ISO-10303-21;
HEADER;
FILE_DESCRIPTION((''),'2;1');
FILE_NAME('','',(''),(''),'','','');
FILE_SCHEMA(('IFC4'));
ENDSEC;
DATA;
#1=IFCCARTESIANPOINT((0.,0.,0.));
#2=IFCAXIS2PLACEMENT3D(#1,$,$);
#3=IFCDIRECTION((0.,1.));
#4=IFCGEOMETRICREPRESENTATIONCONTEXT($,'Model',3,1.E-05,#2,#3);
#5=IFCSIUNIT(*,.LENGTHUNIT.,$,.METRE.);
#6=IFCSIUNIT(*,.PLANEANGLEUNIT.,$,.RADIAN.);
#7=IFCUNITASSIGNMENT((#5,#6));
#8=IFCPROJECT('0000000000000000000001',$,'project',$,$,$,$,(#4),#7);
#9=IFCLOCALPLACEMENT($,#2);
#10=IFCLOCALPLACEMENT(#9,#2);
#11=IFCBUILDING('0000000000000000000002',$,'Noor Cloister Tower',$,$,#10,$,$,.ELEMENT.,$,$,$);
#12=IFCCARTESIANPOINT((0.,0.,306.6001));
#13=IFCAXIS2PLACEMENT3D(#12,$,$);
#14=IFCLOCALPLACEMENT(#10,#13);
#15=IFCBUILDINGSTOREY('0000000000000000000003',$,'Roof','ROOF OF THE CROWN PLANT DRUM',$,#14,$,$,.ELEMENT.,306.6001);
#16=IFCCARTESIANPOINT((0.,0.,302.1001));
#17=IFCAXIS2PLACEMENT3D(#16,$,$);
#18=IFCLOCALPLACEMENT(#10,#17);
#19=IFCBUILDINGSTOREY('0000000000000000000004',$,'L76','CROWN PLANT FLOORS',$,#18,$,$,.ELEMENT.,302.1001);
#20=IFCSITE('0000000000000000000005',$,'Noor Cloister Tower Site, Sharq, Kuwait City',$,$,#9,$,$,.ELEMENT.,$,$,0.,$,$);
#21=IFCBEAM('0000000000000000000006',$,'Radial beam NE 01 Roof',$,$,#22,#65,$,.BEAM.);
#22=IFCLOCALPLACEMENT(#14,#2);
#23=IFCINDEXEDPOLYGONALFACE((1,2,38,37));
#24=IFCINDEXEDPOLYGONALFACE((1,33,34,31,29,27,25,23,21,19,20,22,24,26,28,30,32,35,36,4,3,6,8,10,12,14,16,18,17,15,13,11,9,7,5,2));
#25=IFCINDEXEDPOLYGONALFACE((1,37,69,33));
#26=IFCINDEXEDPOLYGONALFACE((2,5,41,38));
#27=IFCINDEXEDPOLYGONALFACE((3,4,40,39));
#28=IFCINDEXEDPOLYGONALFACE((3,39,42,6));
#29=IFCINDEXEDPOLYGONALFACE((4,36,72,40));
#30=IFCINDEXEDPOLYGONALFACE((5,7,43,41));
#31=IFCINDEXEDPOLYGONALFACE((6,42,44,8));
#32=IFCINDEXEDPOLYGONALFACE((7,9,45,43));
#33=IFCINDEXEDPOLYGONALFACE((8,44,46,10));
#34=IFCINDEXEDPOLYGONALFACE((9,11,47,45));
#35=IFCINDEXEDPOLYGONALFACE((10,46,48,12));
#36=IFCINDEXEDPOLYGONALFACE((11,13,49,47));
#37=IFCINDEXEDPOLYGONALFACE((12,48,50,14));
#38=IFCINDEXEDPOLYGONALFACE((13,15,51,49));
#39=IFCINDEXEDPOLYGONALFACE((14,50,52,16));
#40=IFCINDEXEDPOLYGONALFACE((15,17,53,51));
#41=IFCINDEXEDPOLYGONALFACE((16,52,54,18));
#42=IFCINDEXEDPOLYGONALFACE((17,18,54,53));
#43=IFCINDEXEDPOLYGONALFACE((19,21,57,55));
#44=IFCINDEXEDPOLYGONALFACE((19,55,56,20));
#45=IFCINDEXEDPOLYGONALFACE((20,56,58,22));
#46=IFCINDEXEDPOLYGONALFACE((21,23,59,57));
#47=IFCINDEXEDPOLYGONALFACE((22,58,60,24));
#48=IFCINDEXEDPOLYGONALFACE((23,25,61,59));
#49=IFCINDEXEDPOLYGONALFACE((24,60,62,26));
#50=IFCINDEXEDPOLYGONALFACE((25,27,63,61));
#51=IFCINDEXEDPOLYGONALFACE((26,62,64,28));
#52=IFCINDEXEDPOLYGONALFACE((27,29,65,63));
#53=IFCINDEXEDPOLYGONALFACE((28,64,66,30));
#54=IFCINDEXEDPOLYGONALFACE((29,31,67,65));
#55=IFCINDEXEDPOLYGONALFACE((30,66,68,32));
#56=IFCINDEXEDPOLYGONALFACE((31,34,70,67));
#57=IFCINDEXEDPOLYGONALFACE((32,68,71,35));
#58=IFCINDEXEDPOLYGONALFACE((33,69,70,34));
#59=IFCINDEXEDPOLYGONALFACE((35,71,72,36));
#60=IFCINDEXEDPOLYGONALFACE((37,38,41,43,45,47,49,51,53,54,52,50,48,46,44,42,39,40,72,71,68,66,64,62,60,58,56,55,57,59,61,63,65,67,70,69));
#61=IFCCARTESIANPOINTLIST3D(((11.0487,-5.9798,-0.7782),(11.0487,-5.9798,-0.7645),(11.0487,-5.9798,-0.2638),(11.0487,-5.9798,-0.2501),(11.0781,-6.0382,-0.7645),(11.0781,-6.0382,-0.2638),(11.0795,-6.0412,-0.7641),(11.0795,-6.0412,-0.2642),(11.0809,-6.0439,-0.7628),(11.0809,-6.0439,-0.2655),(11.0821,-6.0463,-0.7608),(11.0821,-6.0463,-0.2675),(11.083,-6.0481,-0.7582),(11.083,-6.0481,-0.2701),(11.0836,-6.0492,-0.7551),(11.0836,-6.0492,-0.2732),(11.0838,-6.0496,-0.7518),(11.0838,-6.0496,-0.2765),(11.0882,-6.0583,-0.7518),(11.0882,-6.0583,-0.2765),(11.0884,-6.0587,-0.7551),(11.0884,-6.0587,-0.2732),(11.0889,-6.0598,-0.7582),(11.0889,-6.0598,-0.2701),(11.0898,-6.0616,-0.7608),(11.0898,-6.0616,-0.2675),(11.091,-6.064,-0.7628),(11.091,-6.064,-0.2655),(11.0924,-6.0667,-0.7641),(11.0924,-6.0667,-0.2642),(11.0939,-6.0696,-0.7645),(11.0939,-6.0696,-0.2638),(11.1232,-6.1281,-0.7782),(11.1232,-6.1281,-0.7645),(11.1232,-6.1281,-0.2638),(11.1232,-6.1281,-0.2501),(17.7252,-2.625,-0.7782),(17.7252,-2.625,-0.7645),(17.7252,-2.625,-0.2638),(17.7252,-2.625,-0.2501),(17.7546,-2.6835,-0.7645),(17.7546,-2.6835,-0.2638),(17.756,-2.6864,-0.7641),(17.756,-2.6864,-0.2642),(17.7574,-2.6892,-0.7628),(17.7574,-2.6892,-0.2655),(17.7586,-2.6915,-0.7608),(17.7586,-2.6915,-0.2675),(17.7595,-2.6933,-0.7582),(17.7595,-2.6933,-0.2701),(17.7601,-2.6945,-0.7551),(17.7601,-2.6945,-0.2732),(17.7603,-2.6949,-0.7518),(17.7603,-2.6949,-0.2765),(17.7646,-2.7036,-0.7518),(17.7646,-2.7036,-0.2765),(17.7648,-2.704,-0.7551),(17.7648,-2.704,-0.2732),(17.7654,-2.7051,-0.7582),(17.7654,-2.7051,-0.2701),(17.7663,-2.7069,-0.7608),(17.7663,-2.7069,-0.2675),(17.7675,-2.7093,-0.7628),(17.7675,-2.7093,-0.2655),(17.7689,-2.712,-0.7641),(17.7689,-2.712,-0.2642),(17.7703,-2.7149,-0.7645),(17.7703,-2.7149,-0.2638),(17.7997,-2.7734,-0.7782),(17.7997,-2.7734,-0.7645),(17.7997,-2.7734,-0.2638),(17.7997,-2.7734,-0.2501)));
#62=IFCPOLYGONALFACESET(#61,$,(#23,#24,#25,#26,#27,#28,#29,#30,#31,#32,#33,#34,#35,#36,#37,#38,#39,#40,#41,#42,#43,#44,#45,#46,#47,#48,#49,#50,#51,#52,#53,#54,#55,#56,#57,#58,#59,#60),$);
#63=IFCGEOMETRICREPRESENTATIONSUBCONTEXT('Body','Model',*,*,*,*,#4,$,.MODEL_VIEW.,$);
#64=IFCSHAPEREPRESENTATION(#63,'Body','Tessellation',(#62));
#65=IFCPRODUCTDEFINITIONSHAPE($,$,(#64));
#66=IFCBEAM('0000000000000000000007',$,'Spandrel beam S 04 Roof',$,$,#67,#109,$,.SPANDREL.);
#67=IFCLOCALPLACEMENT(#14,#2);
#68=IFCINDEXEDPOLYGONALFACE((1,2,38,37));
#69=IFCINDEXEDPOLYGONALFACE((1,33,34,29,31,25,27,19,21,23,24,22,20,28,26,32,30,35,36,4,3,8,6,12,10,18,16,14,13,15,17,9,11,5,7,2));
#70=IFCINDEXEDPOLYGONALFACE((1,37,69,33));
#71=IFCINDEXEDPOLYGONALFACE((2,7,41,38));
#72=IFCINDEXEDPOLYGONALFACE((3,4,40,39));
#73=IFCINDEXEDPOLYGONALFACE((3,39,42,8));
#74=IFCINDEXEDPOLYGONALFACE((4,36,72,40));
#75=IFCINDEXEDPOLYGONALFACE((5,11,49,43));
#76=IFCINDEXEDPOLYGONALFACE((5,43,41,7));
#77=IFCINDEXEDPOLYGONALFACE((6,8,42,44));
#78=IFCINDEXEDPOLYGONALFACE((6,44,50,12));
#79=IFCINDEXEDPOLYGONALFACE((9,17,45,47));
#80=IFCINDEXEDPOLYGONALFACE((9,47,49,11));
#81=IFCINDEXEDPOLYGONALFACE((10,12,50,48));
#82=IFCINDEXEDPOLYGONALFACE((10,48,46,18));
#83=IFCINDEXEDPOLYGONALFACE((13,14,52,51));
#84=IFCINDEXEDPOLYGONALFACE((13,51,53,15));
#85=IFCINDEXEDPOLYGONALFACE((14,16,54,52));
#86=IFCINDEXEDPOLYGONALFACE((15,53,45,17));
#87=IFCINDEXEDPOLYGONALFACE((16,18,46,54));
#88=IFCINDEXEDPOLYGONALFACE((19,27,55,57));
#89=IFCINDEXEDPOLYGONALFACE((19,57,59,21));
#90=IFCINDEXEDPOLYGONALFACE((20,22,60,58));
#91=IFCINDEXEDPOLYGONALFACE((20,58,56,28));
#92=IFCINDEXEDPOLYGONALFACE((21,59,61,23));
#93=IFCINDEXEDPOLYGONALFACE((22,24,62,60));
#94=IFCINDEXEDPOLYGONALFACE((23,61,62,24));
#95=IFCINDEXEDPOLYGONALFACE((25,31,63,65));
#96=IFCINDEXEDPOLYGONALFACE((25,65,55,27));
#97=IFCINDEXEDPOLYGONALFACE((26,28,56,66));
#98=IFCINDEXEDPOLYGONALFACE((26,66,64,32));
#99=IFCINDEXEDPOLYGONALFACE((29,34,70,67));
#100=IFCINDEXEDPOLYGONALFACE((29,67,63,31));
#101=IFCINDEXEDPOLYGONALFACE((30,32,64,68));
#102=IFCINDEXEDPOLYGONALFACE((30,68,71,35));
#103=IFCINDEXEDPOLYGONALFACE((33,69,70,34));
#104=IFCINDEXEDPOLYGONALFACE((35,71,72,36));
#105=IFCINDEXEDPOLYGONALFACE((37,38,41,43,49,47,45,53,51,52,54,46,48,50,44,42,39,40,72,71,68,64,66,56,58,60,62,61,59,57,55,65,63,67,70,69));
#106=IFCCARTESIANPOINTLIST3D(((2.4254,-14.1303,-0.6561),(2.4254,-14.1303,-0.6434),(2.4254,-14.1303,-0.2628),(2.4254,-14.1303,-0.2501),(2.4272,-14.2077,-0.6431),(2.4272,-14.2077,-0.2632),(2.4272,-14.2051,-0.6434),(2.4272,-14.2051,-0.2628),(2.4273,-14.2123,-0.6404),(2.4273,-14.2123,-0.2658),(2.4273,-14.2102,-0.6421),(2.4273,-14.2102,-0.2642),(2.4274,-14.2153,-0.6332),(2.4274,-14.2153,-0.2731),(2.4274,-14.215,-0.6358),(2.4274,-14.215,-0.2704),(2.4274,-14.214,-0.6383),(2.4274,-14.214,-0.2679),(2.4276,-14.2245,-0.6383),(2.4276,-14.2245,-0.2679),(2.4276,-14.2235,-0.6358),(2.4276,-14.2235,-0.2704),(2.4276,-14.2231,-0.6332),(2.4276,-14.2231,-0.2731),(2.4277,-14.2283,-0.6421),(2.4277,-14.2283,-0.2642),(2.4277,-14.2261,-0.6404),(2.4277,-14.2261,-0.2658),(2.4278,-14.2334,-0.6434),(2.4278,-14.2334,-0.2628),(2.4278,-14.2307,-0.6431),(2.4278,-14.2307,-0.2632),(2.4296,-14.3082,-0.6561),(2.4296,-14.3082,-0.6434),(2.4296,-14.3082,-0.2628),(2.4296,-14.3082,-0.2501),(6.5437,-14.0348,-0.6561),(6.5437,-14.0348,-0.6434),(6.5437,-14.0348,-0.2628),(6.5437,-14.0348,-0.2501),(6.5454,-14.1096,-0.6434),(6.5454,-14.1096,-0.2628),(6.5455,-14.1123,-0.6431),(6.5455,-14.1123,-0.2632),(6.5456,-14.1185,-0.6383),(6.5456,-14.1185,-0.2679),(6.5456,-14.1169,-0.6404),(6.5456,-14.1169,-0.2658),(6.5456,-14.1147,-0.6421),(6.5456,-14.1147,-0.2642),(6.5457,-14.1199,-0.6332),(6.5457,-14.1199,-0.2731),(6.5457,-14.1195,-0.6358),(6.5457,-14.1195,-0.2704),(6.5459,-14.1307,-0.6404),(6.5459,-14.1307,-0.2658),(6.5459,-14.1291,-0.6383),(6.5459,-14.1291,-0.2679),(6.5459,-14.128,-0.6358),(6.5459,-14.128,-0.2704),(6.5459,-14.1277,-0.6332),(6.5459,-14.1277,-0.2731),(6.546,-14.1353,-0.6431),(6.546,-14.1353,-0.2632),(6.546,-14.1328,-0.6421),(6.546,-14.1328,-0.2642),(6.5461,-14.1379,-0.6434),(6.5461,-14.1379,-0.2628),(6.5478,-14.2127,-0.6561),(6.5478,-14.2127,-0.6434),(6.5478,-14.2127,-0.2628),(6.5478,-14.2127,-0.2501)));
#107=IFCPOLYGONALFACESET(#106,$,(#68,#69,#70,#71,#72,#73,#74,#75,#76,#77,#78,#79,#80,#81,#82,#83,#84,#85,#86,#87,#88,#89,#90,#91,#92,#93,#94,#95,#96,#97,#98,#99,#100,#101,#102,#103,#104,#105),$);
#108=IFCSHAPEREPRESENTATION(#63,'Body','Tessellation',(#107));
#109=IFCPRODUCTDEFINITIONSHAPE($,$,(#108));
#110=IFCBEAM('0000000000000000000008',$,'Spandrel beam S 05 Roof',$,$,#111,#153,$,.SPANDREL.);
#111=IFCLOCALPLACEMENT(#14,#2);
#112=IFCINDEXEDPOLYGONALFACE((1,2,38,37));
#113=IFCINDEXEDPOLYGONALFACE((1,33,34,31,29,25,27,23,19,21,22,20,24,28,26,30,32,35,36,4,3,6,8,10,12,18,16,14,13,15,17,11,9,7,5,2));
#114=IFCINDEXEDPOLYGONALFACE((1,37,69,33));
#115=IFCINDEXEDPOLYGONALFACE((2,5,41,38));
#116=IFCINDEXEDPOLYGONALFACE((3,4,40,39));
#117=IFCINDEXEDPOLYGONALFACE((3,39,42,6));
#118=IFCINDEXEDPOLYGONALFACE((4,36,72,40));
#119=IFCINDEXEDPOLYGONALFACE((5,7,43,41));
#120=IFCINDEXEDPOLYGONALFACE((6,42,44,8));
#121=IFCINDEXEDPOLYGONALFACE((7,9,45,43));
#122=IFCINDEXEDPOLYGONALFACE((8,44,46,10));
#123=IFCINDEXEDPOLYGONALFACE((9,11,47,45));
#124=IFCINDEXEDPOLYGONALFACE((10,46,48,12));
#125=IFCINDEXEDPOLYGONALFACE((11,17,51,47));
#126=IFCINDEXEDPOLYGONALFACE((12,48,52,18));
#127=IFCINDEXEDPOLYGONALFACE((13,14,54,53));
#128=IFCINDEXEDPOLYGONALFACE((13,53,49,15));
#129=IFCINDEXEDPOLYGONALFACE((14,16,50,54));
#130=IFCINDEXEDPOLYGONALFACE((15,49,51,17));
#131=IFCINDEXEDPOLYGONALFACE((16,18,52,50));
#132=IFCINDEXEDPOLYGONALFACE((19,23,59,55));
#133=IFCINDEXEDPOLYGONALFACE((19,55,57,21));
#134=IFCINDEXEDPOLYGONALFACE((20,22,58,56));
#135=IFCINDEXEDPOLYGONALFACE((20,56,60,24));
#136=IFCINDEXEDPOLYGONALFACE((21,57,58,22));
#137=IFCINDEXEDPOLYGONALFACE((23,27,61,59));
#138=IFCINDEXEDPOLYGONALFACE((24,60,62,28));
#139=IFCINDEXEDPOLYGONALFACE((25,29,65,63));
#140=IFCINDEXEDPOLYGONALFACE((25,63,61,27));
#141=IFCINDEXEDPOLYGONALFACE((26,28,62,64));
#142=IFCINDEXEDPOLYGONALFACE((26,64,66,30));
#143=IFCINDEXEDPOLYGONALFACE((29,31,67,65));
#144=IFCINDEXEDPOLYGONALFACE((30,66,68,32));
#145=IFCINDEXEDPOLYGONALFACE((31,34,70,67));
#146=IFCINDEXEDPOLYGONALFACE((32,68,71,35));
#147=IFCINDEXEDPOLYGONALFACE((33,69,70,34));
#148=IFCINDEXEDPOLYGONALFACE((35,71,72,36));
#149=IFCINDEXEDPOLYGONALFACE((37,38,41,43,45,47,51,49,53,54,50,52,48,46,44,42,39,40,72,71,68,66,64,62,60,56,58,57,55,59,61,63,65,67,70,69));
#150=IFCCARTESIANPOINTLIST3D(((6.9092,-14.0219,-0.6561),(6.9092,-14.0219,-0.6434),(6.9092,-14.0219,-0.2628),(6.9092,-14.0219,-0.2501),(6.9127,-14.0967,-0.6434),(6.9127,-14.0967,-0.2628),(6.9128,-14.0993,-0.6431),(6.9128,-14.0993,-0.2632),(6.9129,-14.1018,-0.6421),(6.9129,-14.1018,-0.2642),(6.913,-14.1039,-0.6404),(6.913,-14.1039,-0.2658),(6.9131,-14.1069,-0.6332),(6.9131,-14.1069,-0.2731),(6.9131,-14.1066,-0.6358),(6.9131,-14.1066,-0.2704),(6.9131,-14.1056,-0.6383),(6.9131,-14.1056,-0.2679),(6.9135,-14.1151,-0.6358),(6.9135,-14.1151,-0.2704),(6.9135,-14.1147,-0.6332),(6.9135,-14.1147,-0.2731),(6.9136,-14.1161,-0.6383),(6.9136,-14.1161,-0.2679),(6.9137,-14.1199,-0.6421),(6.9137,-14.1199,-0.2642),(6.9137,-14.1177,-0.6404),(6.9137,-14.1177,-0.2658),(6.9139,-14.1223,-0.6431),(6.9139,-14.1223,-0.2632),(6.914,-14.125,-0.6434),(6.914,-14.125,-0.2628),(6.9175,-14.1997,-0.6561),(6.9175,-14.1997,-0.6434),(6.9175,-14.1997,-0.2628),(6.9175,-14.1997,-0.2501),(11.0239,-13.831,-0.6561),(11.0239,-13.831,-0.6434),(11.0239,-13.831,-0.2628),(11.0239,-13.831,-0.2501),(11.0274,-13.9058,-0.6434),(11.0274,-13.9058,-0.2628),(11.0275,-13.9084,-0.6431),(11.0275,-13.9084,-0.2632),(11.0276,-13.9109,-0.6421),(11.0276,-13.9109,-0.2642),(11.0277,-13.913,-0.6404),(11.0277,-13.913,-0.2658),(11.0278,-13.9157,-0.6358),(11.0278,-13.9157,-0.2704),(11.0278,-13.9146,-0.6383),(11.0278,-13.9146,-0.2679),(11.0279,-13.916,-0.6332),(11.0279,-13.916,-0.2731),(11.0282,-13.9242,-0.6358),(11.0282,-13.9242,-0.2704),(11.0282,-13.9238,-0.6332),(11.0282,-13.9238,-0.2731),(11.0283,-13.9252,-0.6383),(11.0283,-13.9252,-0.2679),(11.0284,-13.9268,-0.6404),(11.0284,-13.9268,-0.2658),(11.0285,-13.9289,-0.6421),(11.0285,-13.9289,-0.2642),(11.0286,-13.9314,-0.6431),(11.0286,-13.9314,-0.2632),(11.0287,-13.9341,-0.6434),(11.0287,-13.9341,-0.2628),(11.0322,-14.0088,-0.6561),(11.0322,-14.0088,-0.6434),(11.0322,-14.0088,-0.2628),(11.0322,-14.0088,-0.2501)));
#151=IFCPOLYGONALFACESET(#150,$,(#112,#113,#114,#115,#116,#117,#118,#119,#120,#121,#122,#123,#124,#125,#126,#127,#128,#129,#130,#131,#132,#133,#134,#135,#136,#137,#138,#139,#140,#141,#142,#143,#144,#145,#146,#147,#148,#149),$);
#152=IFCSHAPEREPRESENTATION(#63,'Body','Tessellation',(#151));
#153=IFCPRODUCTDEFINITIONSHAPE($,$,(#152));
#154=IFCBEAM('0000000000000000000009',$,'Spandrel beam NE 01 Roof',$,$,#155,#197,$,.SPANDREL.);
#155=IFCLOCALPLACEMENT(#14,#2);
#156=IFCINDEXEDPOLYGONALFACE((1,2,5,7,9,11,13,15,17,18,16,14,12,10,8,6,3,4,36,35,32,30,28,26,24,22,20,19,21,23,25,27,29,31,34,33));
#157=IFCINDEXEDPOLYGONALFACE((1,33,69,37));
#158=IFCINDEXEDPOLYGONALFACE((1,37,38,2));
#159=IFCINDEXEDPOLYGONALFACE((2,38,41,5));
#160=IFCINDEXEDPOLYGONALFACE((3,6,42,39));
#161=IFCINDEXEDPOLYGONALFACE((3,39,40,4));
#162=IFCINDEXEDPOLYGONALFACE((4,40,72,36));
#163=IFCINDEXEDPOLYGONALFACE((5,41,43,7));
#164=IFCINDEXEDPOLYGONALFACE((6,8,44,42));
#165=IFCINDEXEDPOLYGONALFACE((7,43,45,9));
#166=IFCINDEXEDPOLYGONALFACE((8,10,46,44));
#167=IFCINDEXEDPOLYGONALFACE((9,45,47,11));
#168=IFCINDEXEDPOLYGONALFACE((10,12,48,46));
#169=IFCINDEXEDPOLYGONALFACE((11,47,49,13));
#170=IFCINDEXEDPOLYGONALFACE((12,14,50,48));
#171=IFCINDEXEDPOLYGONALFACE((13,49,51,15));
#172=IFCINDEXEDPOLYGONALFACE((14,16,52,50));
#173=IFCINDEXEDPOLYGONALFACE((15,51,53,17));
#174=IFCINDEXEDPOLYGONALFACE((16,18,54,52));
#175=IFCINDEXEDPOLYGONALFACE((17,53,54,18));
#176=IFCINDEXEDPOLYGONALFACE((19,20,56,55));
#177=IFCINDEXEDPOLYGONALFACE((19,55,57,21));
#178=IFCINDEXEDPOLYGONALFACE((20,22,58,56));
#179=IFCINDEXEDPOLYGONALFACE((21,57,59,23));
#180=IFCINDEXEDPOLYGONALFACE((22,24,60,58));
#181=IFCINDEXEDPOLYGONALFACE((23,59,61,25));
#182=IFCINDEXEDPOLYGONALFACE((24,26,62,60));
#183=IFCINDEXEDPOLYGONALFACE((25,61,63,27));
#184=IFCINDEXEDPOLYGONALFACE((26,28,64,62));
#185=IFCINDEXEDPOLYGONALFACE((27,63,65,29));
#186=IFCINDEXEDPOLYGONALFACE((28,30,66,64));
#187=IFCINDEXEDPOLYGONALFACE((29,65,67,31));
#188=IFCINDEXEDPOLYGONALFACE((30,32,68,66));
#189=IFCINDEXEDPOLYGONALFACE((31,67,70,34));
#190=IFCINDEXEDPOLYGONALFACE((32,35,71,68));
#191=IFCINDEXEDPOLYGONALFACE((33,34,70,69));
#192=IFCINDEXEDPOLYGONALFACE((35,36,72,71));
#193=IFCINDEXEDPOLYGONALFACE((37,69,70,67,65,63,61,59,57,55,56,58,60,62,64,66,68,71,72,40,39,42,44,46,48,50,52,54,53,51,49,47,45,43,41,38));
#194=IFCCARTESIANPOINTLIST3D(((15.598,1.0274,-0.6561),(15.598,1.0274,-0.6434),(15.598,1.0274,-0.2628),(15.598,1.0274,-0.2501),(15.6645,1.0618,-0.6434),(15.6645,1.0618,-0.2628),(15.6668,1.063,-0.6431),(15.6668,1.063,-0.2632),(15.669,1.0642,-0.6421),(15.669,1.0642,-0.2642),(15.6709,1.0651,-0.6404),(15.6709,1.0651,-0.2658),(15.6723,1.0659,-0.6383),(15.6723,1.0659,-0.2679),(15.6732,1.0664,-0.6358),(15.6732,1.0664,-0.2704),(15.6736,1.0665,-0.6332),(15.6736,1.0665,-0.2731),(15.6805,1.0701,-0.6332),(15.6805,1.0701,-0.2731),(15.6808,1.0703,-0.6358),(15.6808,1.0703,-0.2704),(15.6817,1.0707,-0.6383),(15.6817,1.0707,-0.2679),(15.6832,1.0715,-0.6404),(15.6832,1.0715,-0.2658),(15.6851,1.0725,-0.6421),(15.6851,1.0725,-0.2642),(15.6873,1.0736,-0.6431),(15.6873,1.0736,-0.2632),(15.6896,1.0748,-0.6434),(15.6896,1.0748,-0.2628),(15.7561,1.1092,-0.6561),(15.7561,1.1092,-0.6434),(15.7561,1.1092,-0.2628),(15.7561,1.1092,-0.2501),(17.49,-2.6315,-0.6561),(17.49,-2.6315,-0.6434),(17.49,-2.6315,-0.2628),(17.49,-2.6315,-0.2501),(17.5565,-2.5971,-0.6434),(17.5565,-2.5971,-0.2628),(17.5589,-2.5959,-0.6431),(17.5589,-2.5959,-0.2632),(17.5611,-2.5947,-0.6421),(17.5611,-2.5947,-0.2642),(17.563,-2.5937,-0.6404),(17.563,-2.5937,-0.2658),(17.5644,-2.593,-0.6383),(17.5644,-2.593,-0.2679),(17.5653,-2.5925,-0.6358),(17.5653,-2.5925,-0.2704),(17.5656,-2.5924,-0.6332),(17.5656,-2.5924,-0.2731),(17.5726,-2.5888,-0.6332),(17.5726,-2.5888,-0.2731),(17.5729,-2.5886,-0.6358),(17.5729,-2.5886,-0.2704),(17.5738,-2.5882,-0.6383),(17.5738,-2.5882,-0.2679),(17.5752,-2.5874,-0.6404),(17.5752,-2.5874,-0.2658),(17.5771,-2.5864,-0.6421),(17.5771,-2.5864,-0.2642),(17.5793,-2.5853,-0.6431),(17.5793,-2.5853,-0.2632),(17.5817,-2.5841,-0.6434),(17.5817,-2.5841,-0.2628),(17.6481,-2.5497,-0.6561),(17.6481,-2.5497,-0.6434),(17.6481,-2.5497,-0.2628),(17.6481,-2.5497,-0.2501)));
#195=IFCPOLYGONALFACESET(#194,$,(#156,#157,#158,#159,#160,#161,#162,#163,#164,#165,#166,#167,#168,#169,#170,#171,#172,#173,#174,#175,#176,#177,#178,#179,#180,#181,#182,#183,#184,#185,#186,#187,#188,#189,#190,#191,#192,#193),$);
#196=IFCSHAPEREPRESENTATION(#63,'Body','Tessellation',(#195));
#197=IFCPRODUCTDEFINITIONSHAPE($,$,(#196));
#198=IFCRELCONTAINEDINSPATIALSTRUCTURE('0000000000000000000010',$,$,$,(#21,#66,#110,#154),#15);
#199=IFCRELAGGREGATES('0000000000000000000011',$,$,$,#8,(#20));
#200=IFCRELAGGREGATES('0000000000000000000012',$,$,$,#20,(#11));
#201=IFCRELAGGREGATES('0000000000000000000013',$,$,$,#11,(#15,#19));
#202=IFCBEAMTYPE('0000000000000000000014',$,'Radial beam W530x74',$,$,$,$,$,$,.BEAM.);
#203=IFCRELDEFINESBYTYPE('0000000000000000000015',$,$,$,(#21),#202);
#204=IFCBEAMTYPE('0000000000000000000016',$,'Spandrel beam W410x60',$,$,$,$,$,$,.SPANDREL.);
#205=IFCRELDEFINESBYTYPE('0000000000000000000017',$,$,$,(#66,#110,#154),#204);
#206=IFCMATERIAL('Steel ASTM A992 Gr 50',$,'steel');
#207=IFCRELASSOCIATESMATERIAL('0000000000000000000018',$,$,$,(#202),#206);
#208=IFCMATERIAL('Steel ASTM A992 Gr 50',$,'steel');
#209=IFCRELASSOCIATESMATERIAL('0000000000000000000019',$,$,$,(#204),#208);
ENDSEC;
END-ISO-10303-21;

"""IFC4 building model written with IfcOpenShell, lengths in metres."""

from ifc_helpers import new_model, si_unit, direction, frame, origin, origin_2d, place, context, subcontext, project, spatial, i_section, extrude, material, material_profile, profile_set, type_object, element, save


model = new_model("IFC4")

# Units and contexts
model_context = context("Model", 3, precision=1e-05, world=origin(), true_north=direction((0.0, 1.0)))
body_context = subcontext(model_context, "Body", "Model", "MODEL_VIEW")
ifc_project = project(units=[si_unit("LENGTHUNIT", "METRE"), si_unit("PLANEANGLEUNIT", "RADIAN")], contexts=[model_context])

# Site, building, storey
site_placement = place(None, origin())
site = spatial("IfcSite", under=ifc_project, at=site_placement, Name="Noor Cloister Tower Site, Sharq, Kuwait City", CompositionType="ELEMENT", RefElevation=0.0)
building_placement = place(site_placement, origin())
building = spatial("IfcBuilding", under=site, at=building_placement, Name="Noor Cloister Tower", CompositionType="ELEMENT")
storey_1_placement = place(building_placement, frame((0.0, 0.0, 306.6001)))
storey_1 = spatial("IfcBuildingStorey", under=building, at=storey_1_placement, Name="Roof", Description="ROOF OF THE CROWN PLANT DRUM", CompositionType="ELEMENT", Elevation=306.6001)

# Beams
ifc_material_1 = material(Name="Steel ASTM A992 Gr 50", Category="steel")
ifc_material_profile_1 = material_profile(ifc_material_1, i_section(OverallWidth=0.166, OverallDepth=0.5281, WebThickness=0.0098, FlangeThickness=0.0137, FilletRadius=0.0127, at=origin_2d()), Name="W530x74")
ifc_profile_set_1 = profile_set([ifc_material_profile_1], Name="Steel ASTM A992 Gr 50")
beam_type_1 = type_object("IfcBeamType", Name="Radial beam W530x74", PredefinedType="BEAM", material=ifc_profile_set_1)
beam_1_placement = place(storey_1_placement, frame((17.7625, -2.6992, -0.5142), z_axis=(-0.893543, -0.448977, 0.0), x_axis=(0.448977, -0.893543, 0.0)))
element("IfcBeam", 1, at=beam_1_placement, inside=storey_1, type_object=beam_type_1, Name="Radial beam NE 01 Roof", PredefinedType="BEAM", context=body_context, shape_type="SweptSolid", body=[
    extrude(i_section(OverallWidth=0.166, OverallDepth=0.5281, WebThickness=0.0098, FlangeThickness=0.0137, FilletRadius=0.0127, at=origin_2d()), origin(), (0.0, 0.0, 1.0), 7.4719),
])
ifc_material_2 = material(Name="Steel ASTM A992 Gr 50", Category="steel")
ifc_material_profile_2 = material_profile(ifc_material_2, i_section(OverallWidth=0.178, OverallDepth=0.406, WebThickness=0.0078, FlangeThickness=0.0127, FilletRadius=0.0103, at=origin_2d()), Name="W410x60")
ifc_profile_set_2 = profile_set([ifc_material_profile_2], Name="Steel ASTM A992 Gr 50")
beam_type_2 = type_object("IfcBeamType", Name="Spandrel beam W410x60", PredefinedType="SPANDREL", material=ifc_profile_set_2)
beam_2_placement = place(storey_1_placement, frame((2.4275, -14.2192, -0.4531), z_axis=(0.999731, 0.023174, 0.0), x_axis=(-0.023174, 0.999731, 0.0)))
element("IfcBeam", 2, at=beam_2_placement, inside=storey_1, type_object=beam_type_2, Name="Spandrel beam S 04 Roof", PredefinedType="SPANDREL", context=body_context, shape_type="SweptSolid", body=[
    extrude(i_section(OverallWidth=0.178, OverallDepth=0.406, WebThickness=0.0078, FlangeThickness=0.0127, FilletRadius=0.0103, at=origin_2d()), origin(), (0.0, 0.0, 1.0), 4.1194),
])
for number, where, z_axis, x_axis, name in (
    (3, (6.9133, -14.1108, -0.4531), (0.998925, 0.046349, 0.0), (-0.046349, 0.998925, 0.0), "Spandrel beam S 05 Roof"),
    (4, (17.5691, -2.5906, -0.4531), (-0.459334, 0.888264, 0.0), (-0.888264, -0.459334, 0.0), "Spandrel beam NE 01 Roof"),
):
    element("IfcBeam", number, at=place(storey_1_placement, frame(where, z_axis=z_axis, x_axis=x_axis)), inside=storey_1, type_object=beam_type_2, Name=name, PredefinedType="SPANDREL", context=body_context, shape_type="SweptSolid", body=[
        extrude(i_section(OverallWidth=0.178, OverallDepth=0.406, WebThickness=0.0078, FlangeThickness=0.0127, FilletRadius=0.0103, at=origin_2d()), origin(), (0.0, 0.0, 1.0), 4.1191),
    ])

# Shared definitions
storey_2_placement = place(building_placement, frame((0.0, 0.0, 302.1001)))
storey_2 = spatial("IfcBuildingStorey", under=building, at=storey_2_placement, Name="L76", Description="CROWN PLANT FLOORS", CompositionType="ELEMENT", Elevation=302.1001)

save(model, "model.ifc")
